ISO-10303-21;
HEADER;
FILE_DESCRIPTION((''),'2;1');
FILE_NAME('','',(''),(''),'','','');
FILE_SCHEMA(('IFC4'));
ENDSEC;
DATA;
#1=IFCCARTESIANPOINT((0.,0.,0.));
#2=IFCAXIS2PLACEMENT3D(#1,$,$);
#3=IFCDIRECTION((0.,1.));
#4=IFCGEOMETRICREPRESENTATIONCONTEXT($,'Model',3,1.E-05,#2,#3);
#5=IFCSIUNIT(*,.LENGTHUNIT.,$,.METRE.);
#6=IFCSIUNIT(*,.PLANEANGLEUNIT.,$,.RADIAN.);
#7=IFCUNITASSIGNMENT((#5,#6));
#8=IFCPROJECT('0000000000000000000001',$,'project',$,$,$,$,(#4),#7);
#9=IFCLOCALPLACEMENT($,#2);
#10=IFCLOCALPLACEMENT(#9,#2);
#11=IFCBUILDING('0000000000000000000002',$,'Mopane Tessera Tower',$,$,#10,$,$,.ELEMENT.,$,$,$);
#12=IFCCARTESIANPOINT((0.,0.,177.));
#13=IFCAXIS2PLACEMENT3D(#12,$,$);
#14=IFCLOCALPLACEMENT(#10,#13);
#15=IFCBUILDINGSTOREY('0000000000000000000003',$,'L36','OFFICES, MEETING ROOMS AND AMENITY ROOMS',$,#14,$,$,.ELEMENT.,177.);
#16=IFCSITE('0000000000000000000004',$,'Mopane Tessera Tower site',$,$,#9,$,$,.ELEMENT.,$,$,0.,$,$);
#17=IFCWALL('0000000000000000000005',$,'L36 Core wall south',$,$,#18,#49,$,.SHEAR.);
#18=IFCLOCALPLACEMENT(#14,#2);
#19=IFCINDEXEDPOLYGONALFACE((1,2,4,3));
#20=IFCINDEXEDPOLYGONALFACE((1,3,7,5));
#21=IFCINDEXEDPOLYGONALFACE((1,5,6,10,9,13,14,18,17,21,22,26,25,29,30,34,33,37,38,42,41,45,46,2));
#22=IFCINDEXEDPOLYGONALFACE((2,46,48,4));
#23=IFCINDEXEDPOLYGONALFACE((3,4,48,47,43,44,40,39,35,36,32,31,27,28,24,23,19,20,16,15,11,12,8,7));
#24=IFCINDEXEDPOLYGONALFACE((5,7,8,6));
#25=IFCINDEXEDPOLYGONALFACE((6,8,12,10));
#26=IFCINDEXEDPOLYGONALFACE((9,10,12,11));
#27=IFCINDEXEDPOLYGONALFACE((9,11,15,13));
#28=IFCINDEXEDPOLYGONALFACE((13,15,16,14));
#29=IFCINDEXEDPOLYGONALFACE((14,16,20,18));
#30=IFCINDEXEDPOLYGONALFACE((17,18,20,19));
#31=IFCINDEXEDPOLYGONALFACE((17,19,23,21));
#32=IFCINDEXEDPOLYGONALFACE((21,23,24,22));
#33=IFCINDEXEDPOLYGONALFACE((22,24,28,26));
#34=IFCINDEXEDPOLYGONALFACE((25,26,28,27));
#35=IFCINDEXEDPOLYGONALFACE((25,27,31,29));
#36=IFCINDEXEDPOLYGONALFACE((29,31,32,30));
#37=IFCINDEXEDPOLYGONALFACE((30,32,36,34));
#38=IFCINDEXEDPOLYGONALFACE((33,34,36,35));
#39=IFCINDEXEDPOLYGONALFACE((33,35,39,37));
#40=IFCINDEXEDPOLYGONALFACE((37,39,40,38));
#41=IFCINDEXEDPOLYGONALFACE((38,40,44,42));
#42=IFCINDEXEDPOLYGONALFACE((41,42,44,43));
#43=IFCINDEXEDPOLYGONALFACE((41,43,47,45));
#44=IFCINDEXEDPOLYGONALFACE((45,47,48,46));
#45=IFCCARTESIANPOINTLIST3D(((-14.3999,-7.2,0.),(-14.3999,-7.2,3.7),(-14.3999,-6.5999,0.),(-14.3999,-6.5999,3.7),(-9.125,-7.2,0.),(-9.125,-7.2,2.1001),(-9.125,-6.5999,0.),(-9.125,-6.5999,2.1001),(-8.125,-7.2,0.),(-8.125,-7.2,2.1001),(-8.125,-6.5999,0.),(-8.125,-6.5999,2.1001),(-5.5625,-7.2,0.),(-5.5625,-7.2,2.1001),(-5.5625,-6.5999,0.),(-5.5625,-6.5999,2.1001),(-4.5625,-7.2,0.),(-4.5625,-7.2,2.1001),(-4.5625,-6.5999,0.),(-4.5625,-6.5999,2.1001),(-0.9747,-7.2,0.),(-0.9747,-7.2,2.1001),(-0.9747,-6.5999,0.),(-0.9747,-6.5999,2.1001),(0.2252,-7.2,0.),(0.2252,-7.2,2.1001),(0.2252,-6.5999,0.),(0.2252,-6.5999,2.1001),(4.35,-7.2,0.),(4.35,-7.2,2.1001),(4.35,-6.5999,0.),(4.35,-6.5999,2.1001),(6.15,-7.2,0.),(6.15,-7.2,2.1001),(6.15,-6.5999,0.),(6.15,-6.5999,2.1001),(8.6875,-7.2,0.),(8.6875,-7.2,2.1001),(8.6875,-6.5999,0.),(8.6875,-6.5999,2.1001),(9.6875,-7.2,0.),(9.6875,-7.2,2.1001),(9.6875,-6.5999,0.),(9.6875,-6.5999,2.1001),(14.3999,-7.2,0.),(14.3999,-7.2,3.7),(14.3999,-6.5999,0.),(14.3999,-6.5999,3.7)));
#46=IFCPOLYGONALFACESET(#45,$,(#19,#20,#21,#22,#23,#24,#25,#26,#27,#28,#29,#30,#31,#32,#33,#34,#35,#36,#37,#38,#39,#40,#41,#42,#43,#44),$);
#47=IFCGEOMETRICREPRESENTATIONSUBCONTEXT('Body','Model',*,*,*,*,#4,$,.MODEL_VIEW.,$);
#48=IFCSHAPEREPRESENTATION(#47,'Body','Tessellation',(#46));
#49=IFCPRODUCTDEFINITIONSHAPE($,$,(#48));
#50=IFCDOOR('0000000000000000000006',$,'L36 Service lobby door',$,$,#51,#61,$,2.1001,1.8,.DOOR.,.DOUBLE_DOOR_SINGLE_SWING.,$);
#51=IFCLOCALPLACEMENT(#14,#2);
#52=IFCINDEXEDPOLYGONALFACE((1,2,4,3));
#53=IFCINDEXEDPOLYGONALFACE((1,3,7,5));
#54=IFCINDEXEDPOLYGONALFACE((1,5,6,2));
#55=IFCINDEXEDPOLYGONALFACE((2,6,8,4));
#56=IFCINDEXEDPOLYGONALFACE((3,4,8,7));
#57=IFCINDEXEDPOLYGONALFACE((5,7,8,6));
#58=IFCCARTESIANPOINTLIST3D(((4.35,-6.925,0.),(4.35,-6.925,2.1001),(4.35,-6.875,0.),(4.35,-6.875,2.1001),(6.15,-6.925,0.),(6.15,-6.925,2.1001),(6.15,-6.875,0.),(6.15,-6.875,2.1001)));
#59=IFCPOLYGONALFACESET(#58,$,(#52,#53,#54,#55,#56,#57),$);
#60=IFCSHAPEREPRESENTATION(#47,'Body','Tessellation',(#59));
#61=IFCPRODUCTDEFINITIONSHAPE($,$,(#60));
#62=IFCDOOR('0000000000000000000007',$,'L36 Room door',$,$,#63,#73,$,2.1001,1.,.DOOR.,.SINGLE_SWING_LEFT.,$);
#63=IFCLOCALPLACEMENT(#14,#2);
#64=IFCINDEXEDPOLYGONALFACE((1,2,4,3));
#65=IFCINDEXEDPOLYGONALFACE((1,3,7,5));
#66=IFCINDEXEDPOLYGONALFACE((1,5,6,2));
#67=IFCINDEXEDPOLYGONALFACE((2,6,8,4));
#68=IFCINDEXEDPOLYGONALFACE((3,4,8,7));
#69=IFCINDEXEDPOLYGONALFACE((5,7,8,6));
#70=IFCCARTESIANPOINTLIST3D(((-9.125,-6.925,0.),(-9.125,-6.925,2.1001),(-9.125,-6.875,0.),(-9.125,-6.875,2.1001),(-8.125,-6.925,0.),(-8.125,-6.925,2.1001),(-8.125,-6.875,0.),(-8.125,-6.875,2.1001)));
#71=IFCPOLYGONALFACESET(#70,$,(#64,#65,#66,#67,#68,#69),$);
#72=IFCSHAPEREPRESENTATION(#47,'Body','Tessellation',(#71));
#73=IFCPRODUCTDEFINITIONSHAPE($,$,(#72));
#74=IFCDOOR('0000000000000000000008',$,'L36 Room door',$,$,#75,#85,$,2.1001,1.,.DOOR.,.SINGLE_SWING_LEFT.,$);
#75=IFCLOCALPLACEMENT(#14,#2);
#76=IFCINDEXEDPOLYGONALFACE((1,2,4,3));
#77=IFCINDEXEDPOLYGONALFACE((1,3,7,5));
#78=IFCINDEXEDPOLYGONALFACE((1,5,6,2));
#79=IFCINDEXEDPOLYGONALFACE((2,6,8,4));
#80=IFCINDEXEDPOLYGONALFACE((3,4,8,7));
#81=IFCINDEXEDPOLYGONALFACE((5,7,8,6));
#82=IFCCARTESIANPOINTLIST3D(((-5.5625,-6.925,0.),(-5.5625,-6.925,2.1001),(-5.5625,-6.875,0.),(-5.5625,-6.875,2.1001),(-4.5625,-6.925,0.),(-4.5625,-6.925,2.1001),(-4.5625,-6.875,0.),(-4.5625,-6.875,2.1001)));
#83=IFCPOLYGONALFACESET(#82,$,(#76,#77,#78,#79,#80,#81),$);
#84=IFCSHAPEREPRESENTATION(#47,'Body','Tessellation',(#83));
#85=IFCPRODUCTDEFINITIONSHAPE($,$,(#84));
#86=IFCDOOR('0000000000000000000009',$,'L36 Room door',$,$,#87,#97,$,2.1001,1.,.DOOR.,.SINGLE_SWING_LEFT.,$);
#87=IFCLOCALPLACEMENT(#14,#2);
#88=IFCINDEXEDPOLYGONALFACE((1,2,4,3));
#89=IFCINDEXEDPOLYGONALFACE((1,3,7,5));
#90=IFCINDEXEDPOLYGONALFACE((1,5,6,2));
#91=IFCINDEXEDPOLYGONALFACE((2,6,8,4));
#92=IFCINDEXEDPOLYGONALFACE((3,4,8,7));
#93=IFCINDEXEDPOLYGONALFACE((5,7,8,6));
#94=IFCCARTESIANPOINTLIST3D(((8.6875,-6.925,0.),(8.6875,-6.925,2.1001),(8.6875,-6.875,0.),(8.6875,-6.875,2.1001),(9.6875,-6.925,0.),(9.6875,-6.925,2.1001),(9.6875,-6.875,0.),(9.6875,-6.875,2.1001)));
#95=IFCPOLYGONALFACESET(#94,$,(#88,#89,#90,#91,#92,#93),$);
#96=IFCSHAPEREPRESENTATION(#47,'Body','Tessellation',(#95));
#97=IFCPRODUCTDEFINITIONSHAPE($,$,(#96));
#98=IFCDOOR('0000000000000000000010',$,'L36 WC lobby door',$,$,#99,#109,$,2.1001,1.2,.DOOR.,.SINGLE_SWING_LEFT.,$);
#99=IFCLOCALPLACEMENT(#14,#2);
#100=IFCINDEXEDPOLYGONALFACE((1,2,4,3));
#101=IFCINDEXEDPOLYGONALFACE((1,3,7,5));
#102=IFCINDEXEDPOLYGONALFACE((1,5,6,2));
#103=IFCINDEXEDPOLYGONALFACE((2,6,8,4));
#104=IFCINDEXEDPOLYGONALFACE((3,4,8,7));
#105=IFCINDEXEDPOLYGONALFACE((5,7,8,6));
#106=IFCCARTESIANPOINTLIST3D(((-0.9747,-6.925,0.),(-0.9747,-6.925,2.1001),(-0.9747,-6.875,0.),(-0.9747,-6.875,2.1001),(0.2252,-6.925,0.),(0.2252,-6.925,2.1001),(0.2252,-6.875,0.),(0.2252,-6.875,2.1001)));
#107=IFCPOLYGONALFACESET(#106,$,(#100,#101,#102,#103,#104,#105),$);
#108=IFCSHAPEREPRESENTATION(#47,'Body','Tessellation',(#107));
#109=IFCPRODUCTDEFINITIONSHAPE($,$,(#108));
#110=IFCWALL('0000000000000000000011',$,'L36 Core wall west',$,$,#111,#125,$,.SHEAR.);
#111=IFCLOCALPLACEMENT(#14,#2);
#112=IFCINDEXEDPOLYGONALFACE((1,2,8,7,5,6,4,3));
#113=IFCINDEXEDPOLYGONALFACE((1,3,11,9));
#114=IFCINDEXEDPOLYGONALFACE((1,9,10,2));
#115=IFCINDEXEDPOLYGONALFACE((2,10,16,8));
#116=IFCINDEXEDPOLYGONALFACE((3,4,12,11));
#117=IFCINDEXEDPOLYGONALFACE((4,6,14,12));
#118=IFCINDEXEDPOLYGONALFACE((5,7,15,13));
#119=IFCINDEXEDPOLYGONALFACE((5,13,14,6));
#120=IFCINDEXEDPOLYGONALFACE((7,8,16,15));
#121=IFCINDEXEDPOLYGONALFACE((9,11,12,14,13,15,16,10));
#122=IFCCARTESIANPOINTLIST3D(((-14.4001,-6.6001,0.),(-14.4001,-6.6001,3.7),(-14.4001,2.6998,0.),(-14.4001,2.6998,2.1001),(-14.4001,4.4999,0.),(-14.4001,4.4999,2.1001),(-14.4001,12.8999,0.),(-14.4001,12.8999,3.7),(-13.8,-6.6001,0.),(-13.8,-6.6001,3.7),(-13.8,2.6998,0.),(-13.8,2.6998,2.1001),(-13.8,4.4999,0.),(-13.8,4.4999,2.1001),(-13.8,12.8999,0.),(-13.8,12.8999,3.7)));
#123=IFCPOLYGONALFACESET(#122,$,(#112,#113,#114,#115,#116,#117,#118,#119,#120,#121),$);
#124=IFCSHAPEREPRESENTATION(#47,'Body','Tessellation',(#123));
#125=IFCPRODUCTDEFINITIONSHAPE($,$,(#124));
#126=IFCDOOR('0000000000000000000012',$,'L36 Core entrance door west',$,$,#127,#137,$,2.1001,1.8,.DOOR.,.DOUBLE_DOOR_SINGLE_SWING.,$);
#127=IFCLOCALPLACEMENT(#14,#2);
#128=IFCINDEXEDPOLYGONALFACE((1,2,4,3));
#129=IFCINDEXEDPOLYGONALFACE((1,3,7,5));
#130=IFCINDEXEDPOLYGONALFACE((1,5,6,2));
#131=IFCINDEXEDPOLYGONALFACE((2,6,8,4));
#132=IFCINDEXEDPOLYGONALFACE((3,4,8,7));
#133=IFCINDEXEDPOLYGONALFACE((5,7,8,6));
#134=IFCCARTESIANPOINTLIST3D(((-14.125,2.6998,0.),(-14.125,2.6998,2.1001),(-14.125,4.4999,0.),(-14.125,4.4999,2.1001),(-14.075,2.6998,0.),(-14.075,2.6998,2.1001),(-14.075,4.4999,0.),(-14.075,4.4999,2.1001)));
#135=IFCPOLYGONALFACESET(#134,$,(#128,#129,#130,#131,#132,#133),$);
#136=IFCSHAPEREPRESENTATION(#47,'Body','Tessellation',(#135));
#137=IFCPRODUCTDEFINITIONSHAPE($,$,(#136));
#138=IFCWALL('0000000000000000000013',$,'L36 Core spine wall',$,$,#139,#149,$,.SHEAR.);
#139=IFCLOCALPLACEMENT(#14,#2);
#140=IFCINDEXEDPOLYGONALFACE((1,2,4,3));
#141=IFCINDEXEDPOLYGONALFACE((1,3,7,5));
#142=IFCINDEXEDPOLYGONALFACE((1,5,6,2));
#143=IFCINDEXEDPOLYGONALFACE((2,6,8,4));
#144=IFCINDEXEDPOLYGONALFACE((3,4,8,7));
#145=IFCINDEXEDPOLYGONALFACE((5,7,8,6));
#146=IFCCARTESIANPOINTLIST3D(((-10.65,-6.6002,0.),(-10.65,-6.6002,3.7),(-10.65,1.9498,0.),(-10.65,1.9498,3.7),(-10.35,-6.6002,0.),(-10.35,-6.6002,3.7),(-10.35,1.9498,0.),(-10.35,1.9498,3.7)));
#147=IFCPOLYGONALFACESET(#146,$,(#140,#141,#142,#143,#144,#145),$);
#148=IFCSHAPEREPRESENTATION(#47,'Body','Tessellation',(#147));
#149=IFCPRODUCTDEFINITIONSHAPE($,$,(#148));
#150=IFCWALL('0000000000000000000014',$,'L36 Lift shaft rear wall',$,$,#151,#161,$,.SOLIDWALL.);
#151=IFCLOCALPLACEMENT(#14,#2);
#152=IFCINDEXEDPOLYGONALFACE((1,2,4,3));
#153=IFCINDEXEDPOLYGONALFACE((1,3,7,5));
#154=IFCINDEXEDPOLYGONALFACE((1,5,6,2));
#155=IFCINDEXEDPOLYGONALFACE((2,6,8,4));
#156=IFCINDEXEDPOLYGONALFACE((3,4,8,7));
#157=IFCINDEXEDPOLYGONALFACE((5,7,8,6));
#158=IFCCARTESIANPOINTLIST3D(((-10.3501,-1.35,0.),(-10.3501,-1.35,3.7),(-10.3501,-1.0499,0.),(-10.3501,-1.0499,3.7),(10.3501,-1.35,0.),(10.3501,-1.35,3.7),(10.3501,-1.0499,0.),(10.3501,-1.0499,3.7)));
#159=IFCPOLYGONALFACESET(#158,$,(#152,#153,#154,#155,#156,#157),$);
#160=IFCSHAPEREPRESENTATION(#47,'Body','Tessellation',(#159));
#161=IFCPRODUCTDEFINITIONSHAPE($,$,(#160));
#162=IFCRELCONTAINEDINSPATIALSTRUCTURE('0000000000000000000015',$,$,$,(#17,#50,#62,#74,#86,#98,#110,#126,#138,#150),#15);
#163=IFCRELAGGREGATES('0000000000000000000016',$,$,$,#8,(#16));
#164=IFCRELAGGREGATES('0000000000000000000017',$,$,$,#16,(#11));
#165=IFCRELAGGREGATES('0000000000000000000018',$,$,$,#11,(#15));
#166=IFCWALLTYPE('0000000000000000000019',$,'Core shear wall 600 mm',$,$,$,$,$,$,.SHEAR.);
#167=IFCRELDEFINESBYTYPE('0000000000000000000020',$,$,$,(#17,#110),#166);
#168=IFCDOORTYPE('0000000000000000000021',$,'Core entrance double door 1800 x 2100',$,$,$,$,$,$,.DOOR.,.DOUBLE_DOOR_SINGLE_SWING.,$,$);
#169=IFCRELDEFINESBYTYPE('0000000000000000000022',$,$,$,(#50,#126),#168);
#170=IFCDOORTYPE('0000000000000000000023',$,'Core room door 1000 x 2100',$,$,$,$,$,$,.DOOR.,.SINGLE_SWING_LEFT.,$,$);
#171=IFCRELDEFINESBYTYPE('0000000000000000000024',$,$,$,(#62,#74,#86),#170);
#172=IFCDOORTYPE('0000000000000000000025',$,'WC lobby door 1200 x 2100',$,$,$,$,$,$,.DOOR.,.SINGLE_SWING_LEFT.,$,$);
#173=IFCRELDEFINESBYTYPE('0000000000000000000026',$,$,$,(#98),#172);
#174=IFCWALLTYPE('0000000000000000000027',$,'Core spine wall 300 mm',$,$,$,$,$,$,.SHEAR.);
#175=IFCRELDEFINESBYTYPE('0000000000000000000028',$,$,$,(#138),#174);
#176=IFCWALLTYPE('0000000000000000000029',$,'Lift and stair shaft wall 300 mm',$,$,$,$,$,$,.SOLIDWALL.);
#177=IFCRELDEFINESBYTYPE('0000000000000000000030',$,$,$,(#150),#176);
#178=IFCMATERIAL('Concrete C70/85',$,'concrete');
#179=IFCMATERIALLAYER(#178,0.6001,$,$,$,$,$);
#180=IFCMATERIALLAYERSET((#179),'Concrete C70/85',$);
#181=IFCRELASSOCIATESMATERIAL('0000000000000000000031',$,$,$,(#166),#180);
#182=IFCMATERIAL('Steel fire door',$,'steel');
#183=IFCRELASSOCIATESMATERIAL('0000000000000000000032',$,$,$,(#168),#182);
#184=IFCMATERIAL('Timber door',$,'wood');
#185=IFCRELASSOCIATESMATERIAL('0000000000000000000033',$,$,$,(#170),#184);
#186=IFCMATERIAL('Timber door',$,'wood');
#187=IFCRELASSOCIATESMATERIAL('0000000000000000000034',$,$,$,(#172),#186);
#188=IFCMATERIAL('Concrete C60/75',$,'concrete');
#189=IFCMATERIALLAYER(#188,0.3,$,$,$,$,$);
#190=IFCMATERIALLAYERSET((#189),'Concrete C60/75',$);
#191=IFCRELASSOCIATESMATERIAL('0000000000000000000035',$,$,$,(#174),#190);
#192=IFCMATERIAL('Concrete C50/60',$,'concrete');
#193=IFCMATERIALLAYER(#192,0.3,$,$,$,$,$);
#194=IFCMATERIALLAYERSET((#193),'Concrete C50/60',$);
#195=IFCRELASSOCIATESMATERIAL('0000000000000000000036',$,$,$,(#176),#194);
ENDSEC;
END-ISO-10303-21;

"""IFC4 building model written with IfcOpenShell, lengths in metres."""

from ifc_helpers import new_model, si_unit, direction, frame, frame_2d, origin, place, context, subcontext, project, spatial, rectangle, extrude, material, layer, layer_set, type_object, element, fill, save


model = new_model("IFC4")

# Units and contexts
model_context = context("Model", 3, precision=1e-05, world=origin(), true_north=direction((0.0, 1.0)))
body_context = subcontext(model_context, "Body", "Model", "MODEL_VIEW")
ifc_project = project(units=[si_unit("LENGTHUNIT", "METRE"), si_unit("PLANEANGLEUNIT", "RADIAN")], contexts=[model_context])

# Site, building, storey
site_placement = place(None, origin())
site = spatial("IfcSite", under=ifc_project, at=site_placement, Name="Mopane Tessera Tower site", CompositionType="ELEMENT", RefElevation=0.0)
building_placement = place(site_placement, origin())
building = spatial("IfcBuilding", under=site, at=building_placement, Name="Mopane Tessera Tower", CompositionType="ELEMENT")
storey_placement = place(building_placement, frame((0.0, 0.0, 177.0)))
storey = spatial("IfcBuildingStorey", under=building, at=storey_placement, Name="L36", Description="OFFICES, MEETING ROOMS AND AMENITY ROOMS", CompositionType="ELEMENT", Elevation=177.0)

# Wall, openings, doors
ifc_material_1 = material(Name="Concrete C70/85", Category="concrete")
ifc_layer_1 = layer(ifc_material_1, 0.6001)
ifc_layer_set_1 = layer_set([ifc_layer_1], Name="Concrete C70/85")
wall_type_1 = type_object("IfcWallType", Name="Core shear wall 600 mm", PredefinedType="SHEAR", material=ifc_layer_set_1)
wall_1_placement = place(storey_placement, frame((-14.3999, -6.8999, 0.0), z_axis=(0.0, 0.0, 1.0), x_axis=(1.0, 0.0, 0.0)))
wall_1 = element("IfcWall", 1, at=wall_1_placement, inside=storey, type_object=wall_type_1, Name="L36 Core wall south", PredefinedType="SHEAR", context=body_context, shape_type="SweptSolid", body=[
    extrude(rectangle(XDim=28.7998, YDim=0.6001, at=frame_2d((14.3999, 0.0))), origin(), (0.0, 0.0, 1.0), 3.7),
])
opening_1_placement = place(wall_1_placement, frame((5.2749, 0.0, 0.0)))
opening_1 = element("IfcOpeningElement", 2, at=opening_1_placement, cuts=wall_1, PredefinedType="OPENING", context=body_context, shape_type="SweptSolid", body=[
    extrude(rectangle(XDim=1.0, YDim=2.1001, at=frame_2d((0.5, 1.05))), frame((0.0, 0.312, 0.0), z_axis=(0.0, -1.0, 0.0), x_axis=(1.0, 0.0, 0.0)), (0.0, 0.0, 1.0), 0.624),
])
opening_2_placement = place(wall_1_placement, frame((8.8374, 0.0, 0.0)))
opening_2 = element("IfcOpeningElement", 3, at=opening_2_placement, cuts=wall_1, PredefinedType="OPENING", context=body_context, shape_type="SweptSolid", body=[
    extrude(rectangle(XDim=1.0, YDim=2.1001, at=frame_2d((0.5, 1.05))), frame((0.0, 0.312, 0.0), z_axis=(0.0, -1.0, 0.0), x_axis=(1.0, 0.0, 0.0)), (0.0, 0.0, 1.0), 0.624),
])
opening_3_placement = place(wall_1_placement, frame((13.425, 0.0, 0.0)))
opening_3 = element("IfcOpeningElement", 4, at=opening_3_placement, cuts=wall_1, PredefinedType="OPENING", context=body_context, shape_type="SweptSolid", body=[
    extrude(rectangle(XDim=1.2, YDim=2.1001, at=frame_2d((0.6001, 1.05))), frame((0.0, 0.312, 0.0), z_axis=(0.0, -1.0, 0.0), x_axis=(1.0, 0.0, 0.0)), (0.0, 0.0, 1.0), 0.624),
])
opening_4_placement = place(wall_1_placement, frame((18.75, 0.0, 0.0)))
opening_4 = element("IfcOpeningElement", 5, at=opening_4_placement, cuts=wall_1, PredefinedType="OPENING", context=body_context, shape_type="SweptSolid", body=[
    extrude(rectangle(XDim=1.8, YDim=2.1001, at=frame_2d((0.8999, 1.05))), frame((0.0, 0.312, 0.0), z_axis=(0.0, -1.0, 0.0), x_axis=(1.0, 0.0, 0.0)), (0.0, 0.0, 1.0), 0.624),
])
opening_5_placement = place(wall_1_placement, frame((23.0874, 0.0, 0.0)))
opening_5 = element("IfcOpeningElement", 6, at=opening_5_placement, cuts=wall_1, PredefinedType="OPENING", context=body_context, shape_type="SweptSolid", body=[
    extrude(rectangle(XDim=1.0, YDim=2.1001, at=frame_2d((0.5, 1.05))), frame((0.0, 0.312, 0.0), z_axis=(0.0, -1.0, 0.0), x_axis=(1.0, 0.0, 0.0)), (0.0, 0.0, 1.0), 0.624),
])
ifc_material_2 = material(Name="Steel fire door", Category="steel")
door_type_1 = type_object("IfcDoorType", Name="Core entrance double door 1800 x 2100", OperationType="DOUBLE_DOOR_SINGLE_SWING", PredefinedType="DOOR", material=ifc_material_2)
door_1_placement = place(opening_4_placement, origin())
door_1 = element("IfcDoor", 7, at=door_1_placement, inside=storey, type_object=door_type_1, Name="L36 Service lobby door", OperationType="DOUBLE_DOOR_SINGLE_SWING", OverallHeight=2.1001, OverallWidth=1.8, PredefinedType="DOOR", context=body_context, shape_type="SweptSolid", body=[
    extrude(rectangle(XDim=1.8, YDim=2.1001, at=frame_2d((0.8999, 1.05))), frame((0.0, 0.0249, 0.0), z_axis=(0.0, -1.0, 0.0), x_axis=(1.0, 0.0, 0.0)), (0.0, 0.0, 1.0), 0.05),
])
fill(opening_4, door_1)
ifc_material_3 = material(Name="Timber door", Category="wood")
door_type_2 = type_object("IfcDoorType", Name="Core room door 1000 x 2100", OperationType="SINGLE_SWING_LEFT", PredefinedType="DOOR", material=ifc_material_3)
door_2_placement = place(opening_1_placement, origin())
door_2 = element("IfcDoor", 8, at=door_2_placement, inside=storey, type_object=door_type_2, Name="L36 Room door", OperationType="SINGLE_SWING_LEFT", OverallHeight=2.1001, OverallWidth=1.0, PredefinedType="DOOR", context=body_context, shape_type="SweptSolid", body=[
    extrude(rectangle(XDim=1.0, YDim=2.1001, at=frame_2d((0.5, 1.05))), frame((0.0, 0.0249, 0.0), z_axis=(0.0, -1.0, 0.0), x_axis=(1.0, 0.0, 0.0)), (0.0, 0.0, 1.0), 0.05),
])
fill(opening_1, door_2)
door_3_placement = place(opening_2_placement, origin())
door_3 = element("IfcDoor", 9, at=door_3_placement, inside=storey, type_object=door_type_2, Name="L36 Room door", OperationType="SINGLE_SWING_LEFT", OverallHeight=2.1001, OverallWidth=1.0, PredefinedType="DOOR", context=body_context, shape_type="SweptSolid", body=[
    extrude(rectangle(XDim=1.0, YDim=2.1001, at=frame_2d((0.5, 1.05))), frame((0.0, 0.0249, 0.0), z_axis=(0.0, -1.0, 0.0), x_axis=(1.0, 0.0, 0.0)), (0.0, 0.0, 1.0), 0.05),
])
fill(opening_2, door_3)
door_4_placement = place(opening_5_placement, origin())
door_4 = element("IfcDoor", 10, at=door_4_placement, inside=storey, type_object=door_type_2, Name="L36 Room door", OperationType="SINGLE_SWING_LEFT", OverallHeight=2.1001, OverallWidth=1.0, PredefinedType="DOOR", context=body_context, shape_type="SweptSolid", body=[
    extrude(rectangle(XDim=1.0, YDim=2.1001, at=frame_2d((0.5, 1.05))), frame((0.0, 0.0249, 0.0), z_axis=(0.0, -1.0, 0.0), x_axis=(1.0, 0.0, 0.0)), (0.0, 0.0, 1.0), 0.05),
])
fill(opening_5, door_4)
ifc_material_4 = material(Name="Timber door", Category="wood")
door_type_3 = type_object("IfcDoorType", Name="WC lobby door 1200 x 2100", OperationType="SINGLE_SWING_LEFT", PredefinedType="DOOR", material=ifc_material_4)
door_5_placement = place(opening_3_placement, origin())
door_5 = element("IfcDoor", 11, at=door_5_placement, inside=storey, type_object=door_type_3, Name="L36 WC lobby door", OperationType="SINGLE_SWING_LEFT", OverallHeight=2.1001, OverallWidth=1.2, PredefinedType="DOOR", context=body_context, shape_type="SweptSolid", body=[
    extrude(rectangle(XDim=1.2, YDim=2.1001, at=frame_2d((0.6001, 1.05))), frame((0.0, 0.0249, 0.0), z_axis=(0.0, -1.0, 0.0), x_axis=(1.0, 0.0, 0.0)), (0.0, 0.0, 1.0), 0.05),
])
fill(opening_3, door_5)

# Wall, opening, door
wall_2_placement = place(storey_placement, frame((-14.1001, -6.6001, 0.0), z_axis=(0.0, 0.0, 1.0), x_axis=(0.0, 1.0, 0.0)))
wall_2 = element("IfcWall", 12, at=wall_2_placement, inside=storey, type_object=wall_type_1, Name="L36 Core wall west", PredefinedType="SHEAR", context=body_context, shape_type="SweptSolid", body=[
    extrude(rectangle(XDim=19.5, YDim=0.6001, at=frame_2d((9.75, 0.0))), origin(), (0.0, 0.0, 1.0), 3.7),
])
opening_6_placement = place(wall_2_placement, frame((9.3, 0.0, 0.0)))
opening_6 = element("IfcOpeningElement", 13, at=opening_6_placement, cuts=wall_2, PredefinedType="OPENING", context=body_context, shape_type="SweptSolid", body=[
    extrude(rectangle(XDim=1.8, YDim=2.1001, at=frame_2d((0.8999, 1.05))), frame((0.0, 0.312, 0.0), z_axis=(0.0, -1.0, 0.0), x_axis=(1.0, 0.0, 0.0)), (0.0, 0.0, 1.0), 0.624),
])
door_6_placement = place(opening_6_placement, origin())
door_6 = element("IfcDoor", 14, at=door_6_placement, inside=storey, type_object=door_type_1, Name="L36 Core entrance door west", OperationType="DOUBLE_DOOR_SINGLE_SWING", OverallHeight=2.1001, OverallWidth=1.8, PredefinedType="DOOR", context=body_context, shape_type="SweptSolid", body=[
    extrude(rectangle(XDim=1.8, YDim=2.1001, at=frame_2d((0.8999, 1.05))), frame((0.0, 0.0249, 0.0), z_axis=(0.0, -1.0, 0.0), x_axis=(1.0, 0.0, 0.0)), (0.0, 0.0, 1.0), 0.05),
])
fill(opening_6, door_6)

# Walls
ifc_material_5 = material(Name="Concrete C60/75", Category="concrete")
ifc_layer_2 = layer(ifc_material_5, 0.3)
ifc_layer_set_2 = layer_set([ifc_layer_2], Name="Concrete C60/75")
wall_type_2 = type_object("IfcWallType", Name="Core spine wall 300 mm", PredefinedType="SHEAR", material=ifc_layer_set_2)
wall_3_placement = place(storey_placement, frame((-10.5, -6.6001, 0.0), z_axis=(0.0, 0.0, 1.0), x_axis=(0.0, 1.0, 0.0)))
element("IfcWall", 15, at=wall_3_placement, inside=storey, type_object=wall_type_2, Name="L36 Core spine wall", PredefinedType="SHEAR", context=body_context, shape_type="SweptSolid", body=[
    extrude(rectangle(XDim=8.55, YDim=0.3, at=frame_2d((4.2749, 0.0))), origin(), (0.0, 0.0, 1.0), 3.7),
])
ifc_material_6 = material(Name="Concrete C50/60", Category="concrete")
ifc_layer_3 = layer(ifc_material_6, 0.3)
ifc_layer_set_3 = layer_set([ifc_layer_3], Name="Concrete C50/60")
wall_type_3 = type_object("IfcWallType", Name="Lift and stair shaft wall 300 mm", PredefinedType="SOLIDWALL", material=ifc_layer_set_3)
wall_4_placement = place(storey_placement, frame((-10.3501, -1.2, 0.0), z_axis=(0.0, 0.0, 1.0), x_axis=(1.0, 0.0, 0.0)))
element("IfcWall", 16, at=wall_4_placement, inside=storey, type_object=wall_type_3, Name="L36 Lift shaft rear wall", PredefinedType="SOLIDWALL", context=body_context, shape_type="SweptSolid", body=[
    extrude(rectangle(XDim=20.7002, YDim=0.3, at=frame_2d((10.3501, 0.0))), origin(), (0.0, 0.0, 1.0), 3.7),
])

save(model, "model.ifc")
